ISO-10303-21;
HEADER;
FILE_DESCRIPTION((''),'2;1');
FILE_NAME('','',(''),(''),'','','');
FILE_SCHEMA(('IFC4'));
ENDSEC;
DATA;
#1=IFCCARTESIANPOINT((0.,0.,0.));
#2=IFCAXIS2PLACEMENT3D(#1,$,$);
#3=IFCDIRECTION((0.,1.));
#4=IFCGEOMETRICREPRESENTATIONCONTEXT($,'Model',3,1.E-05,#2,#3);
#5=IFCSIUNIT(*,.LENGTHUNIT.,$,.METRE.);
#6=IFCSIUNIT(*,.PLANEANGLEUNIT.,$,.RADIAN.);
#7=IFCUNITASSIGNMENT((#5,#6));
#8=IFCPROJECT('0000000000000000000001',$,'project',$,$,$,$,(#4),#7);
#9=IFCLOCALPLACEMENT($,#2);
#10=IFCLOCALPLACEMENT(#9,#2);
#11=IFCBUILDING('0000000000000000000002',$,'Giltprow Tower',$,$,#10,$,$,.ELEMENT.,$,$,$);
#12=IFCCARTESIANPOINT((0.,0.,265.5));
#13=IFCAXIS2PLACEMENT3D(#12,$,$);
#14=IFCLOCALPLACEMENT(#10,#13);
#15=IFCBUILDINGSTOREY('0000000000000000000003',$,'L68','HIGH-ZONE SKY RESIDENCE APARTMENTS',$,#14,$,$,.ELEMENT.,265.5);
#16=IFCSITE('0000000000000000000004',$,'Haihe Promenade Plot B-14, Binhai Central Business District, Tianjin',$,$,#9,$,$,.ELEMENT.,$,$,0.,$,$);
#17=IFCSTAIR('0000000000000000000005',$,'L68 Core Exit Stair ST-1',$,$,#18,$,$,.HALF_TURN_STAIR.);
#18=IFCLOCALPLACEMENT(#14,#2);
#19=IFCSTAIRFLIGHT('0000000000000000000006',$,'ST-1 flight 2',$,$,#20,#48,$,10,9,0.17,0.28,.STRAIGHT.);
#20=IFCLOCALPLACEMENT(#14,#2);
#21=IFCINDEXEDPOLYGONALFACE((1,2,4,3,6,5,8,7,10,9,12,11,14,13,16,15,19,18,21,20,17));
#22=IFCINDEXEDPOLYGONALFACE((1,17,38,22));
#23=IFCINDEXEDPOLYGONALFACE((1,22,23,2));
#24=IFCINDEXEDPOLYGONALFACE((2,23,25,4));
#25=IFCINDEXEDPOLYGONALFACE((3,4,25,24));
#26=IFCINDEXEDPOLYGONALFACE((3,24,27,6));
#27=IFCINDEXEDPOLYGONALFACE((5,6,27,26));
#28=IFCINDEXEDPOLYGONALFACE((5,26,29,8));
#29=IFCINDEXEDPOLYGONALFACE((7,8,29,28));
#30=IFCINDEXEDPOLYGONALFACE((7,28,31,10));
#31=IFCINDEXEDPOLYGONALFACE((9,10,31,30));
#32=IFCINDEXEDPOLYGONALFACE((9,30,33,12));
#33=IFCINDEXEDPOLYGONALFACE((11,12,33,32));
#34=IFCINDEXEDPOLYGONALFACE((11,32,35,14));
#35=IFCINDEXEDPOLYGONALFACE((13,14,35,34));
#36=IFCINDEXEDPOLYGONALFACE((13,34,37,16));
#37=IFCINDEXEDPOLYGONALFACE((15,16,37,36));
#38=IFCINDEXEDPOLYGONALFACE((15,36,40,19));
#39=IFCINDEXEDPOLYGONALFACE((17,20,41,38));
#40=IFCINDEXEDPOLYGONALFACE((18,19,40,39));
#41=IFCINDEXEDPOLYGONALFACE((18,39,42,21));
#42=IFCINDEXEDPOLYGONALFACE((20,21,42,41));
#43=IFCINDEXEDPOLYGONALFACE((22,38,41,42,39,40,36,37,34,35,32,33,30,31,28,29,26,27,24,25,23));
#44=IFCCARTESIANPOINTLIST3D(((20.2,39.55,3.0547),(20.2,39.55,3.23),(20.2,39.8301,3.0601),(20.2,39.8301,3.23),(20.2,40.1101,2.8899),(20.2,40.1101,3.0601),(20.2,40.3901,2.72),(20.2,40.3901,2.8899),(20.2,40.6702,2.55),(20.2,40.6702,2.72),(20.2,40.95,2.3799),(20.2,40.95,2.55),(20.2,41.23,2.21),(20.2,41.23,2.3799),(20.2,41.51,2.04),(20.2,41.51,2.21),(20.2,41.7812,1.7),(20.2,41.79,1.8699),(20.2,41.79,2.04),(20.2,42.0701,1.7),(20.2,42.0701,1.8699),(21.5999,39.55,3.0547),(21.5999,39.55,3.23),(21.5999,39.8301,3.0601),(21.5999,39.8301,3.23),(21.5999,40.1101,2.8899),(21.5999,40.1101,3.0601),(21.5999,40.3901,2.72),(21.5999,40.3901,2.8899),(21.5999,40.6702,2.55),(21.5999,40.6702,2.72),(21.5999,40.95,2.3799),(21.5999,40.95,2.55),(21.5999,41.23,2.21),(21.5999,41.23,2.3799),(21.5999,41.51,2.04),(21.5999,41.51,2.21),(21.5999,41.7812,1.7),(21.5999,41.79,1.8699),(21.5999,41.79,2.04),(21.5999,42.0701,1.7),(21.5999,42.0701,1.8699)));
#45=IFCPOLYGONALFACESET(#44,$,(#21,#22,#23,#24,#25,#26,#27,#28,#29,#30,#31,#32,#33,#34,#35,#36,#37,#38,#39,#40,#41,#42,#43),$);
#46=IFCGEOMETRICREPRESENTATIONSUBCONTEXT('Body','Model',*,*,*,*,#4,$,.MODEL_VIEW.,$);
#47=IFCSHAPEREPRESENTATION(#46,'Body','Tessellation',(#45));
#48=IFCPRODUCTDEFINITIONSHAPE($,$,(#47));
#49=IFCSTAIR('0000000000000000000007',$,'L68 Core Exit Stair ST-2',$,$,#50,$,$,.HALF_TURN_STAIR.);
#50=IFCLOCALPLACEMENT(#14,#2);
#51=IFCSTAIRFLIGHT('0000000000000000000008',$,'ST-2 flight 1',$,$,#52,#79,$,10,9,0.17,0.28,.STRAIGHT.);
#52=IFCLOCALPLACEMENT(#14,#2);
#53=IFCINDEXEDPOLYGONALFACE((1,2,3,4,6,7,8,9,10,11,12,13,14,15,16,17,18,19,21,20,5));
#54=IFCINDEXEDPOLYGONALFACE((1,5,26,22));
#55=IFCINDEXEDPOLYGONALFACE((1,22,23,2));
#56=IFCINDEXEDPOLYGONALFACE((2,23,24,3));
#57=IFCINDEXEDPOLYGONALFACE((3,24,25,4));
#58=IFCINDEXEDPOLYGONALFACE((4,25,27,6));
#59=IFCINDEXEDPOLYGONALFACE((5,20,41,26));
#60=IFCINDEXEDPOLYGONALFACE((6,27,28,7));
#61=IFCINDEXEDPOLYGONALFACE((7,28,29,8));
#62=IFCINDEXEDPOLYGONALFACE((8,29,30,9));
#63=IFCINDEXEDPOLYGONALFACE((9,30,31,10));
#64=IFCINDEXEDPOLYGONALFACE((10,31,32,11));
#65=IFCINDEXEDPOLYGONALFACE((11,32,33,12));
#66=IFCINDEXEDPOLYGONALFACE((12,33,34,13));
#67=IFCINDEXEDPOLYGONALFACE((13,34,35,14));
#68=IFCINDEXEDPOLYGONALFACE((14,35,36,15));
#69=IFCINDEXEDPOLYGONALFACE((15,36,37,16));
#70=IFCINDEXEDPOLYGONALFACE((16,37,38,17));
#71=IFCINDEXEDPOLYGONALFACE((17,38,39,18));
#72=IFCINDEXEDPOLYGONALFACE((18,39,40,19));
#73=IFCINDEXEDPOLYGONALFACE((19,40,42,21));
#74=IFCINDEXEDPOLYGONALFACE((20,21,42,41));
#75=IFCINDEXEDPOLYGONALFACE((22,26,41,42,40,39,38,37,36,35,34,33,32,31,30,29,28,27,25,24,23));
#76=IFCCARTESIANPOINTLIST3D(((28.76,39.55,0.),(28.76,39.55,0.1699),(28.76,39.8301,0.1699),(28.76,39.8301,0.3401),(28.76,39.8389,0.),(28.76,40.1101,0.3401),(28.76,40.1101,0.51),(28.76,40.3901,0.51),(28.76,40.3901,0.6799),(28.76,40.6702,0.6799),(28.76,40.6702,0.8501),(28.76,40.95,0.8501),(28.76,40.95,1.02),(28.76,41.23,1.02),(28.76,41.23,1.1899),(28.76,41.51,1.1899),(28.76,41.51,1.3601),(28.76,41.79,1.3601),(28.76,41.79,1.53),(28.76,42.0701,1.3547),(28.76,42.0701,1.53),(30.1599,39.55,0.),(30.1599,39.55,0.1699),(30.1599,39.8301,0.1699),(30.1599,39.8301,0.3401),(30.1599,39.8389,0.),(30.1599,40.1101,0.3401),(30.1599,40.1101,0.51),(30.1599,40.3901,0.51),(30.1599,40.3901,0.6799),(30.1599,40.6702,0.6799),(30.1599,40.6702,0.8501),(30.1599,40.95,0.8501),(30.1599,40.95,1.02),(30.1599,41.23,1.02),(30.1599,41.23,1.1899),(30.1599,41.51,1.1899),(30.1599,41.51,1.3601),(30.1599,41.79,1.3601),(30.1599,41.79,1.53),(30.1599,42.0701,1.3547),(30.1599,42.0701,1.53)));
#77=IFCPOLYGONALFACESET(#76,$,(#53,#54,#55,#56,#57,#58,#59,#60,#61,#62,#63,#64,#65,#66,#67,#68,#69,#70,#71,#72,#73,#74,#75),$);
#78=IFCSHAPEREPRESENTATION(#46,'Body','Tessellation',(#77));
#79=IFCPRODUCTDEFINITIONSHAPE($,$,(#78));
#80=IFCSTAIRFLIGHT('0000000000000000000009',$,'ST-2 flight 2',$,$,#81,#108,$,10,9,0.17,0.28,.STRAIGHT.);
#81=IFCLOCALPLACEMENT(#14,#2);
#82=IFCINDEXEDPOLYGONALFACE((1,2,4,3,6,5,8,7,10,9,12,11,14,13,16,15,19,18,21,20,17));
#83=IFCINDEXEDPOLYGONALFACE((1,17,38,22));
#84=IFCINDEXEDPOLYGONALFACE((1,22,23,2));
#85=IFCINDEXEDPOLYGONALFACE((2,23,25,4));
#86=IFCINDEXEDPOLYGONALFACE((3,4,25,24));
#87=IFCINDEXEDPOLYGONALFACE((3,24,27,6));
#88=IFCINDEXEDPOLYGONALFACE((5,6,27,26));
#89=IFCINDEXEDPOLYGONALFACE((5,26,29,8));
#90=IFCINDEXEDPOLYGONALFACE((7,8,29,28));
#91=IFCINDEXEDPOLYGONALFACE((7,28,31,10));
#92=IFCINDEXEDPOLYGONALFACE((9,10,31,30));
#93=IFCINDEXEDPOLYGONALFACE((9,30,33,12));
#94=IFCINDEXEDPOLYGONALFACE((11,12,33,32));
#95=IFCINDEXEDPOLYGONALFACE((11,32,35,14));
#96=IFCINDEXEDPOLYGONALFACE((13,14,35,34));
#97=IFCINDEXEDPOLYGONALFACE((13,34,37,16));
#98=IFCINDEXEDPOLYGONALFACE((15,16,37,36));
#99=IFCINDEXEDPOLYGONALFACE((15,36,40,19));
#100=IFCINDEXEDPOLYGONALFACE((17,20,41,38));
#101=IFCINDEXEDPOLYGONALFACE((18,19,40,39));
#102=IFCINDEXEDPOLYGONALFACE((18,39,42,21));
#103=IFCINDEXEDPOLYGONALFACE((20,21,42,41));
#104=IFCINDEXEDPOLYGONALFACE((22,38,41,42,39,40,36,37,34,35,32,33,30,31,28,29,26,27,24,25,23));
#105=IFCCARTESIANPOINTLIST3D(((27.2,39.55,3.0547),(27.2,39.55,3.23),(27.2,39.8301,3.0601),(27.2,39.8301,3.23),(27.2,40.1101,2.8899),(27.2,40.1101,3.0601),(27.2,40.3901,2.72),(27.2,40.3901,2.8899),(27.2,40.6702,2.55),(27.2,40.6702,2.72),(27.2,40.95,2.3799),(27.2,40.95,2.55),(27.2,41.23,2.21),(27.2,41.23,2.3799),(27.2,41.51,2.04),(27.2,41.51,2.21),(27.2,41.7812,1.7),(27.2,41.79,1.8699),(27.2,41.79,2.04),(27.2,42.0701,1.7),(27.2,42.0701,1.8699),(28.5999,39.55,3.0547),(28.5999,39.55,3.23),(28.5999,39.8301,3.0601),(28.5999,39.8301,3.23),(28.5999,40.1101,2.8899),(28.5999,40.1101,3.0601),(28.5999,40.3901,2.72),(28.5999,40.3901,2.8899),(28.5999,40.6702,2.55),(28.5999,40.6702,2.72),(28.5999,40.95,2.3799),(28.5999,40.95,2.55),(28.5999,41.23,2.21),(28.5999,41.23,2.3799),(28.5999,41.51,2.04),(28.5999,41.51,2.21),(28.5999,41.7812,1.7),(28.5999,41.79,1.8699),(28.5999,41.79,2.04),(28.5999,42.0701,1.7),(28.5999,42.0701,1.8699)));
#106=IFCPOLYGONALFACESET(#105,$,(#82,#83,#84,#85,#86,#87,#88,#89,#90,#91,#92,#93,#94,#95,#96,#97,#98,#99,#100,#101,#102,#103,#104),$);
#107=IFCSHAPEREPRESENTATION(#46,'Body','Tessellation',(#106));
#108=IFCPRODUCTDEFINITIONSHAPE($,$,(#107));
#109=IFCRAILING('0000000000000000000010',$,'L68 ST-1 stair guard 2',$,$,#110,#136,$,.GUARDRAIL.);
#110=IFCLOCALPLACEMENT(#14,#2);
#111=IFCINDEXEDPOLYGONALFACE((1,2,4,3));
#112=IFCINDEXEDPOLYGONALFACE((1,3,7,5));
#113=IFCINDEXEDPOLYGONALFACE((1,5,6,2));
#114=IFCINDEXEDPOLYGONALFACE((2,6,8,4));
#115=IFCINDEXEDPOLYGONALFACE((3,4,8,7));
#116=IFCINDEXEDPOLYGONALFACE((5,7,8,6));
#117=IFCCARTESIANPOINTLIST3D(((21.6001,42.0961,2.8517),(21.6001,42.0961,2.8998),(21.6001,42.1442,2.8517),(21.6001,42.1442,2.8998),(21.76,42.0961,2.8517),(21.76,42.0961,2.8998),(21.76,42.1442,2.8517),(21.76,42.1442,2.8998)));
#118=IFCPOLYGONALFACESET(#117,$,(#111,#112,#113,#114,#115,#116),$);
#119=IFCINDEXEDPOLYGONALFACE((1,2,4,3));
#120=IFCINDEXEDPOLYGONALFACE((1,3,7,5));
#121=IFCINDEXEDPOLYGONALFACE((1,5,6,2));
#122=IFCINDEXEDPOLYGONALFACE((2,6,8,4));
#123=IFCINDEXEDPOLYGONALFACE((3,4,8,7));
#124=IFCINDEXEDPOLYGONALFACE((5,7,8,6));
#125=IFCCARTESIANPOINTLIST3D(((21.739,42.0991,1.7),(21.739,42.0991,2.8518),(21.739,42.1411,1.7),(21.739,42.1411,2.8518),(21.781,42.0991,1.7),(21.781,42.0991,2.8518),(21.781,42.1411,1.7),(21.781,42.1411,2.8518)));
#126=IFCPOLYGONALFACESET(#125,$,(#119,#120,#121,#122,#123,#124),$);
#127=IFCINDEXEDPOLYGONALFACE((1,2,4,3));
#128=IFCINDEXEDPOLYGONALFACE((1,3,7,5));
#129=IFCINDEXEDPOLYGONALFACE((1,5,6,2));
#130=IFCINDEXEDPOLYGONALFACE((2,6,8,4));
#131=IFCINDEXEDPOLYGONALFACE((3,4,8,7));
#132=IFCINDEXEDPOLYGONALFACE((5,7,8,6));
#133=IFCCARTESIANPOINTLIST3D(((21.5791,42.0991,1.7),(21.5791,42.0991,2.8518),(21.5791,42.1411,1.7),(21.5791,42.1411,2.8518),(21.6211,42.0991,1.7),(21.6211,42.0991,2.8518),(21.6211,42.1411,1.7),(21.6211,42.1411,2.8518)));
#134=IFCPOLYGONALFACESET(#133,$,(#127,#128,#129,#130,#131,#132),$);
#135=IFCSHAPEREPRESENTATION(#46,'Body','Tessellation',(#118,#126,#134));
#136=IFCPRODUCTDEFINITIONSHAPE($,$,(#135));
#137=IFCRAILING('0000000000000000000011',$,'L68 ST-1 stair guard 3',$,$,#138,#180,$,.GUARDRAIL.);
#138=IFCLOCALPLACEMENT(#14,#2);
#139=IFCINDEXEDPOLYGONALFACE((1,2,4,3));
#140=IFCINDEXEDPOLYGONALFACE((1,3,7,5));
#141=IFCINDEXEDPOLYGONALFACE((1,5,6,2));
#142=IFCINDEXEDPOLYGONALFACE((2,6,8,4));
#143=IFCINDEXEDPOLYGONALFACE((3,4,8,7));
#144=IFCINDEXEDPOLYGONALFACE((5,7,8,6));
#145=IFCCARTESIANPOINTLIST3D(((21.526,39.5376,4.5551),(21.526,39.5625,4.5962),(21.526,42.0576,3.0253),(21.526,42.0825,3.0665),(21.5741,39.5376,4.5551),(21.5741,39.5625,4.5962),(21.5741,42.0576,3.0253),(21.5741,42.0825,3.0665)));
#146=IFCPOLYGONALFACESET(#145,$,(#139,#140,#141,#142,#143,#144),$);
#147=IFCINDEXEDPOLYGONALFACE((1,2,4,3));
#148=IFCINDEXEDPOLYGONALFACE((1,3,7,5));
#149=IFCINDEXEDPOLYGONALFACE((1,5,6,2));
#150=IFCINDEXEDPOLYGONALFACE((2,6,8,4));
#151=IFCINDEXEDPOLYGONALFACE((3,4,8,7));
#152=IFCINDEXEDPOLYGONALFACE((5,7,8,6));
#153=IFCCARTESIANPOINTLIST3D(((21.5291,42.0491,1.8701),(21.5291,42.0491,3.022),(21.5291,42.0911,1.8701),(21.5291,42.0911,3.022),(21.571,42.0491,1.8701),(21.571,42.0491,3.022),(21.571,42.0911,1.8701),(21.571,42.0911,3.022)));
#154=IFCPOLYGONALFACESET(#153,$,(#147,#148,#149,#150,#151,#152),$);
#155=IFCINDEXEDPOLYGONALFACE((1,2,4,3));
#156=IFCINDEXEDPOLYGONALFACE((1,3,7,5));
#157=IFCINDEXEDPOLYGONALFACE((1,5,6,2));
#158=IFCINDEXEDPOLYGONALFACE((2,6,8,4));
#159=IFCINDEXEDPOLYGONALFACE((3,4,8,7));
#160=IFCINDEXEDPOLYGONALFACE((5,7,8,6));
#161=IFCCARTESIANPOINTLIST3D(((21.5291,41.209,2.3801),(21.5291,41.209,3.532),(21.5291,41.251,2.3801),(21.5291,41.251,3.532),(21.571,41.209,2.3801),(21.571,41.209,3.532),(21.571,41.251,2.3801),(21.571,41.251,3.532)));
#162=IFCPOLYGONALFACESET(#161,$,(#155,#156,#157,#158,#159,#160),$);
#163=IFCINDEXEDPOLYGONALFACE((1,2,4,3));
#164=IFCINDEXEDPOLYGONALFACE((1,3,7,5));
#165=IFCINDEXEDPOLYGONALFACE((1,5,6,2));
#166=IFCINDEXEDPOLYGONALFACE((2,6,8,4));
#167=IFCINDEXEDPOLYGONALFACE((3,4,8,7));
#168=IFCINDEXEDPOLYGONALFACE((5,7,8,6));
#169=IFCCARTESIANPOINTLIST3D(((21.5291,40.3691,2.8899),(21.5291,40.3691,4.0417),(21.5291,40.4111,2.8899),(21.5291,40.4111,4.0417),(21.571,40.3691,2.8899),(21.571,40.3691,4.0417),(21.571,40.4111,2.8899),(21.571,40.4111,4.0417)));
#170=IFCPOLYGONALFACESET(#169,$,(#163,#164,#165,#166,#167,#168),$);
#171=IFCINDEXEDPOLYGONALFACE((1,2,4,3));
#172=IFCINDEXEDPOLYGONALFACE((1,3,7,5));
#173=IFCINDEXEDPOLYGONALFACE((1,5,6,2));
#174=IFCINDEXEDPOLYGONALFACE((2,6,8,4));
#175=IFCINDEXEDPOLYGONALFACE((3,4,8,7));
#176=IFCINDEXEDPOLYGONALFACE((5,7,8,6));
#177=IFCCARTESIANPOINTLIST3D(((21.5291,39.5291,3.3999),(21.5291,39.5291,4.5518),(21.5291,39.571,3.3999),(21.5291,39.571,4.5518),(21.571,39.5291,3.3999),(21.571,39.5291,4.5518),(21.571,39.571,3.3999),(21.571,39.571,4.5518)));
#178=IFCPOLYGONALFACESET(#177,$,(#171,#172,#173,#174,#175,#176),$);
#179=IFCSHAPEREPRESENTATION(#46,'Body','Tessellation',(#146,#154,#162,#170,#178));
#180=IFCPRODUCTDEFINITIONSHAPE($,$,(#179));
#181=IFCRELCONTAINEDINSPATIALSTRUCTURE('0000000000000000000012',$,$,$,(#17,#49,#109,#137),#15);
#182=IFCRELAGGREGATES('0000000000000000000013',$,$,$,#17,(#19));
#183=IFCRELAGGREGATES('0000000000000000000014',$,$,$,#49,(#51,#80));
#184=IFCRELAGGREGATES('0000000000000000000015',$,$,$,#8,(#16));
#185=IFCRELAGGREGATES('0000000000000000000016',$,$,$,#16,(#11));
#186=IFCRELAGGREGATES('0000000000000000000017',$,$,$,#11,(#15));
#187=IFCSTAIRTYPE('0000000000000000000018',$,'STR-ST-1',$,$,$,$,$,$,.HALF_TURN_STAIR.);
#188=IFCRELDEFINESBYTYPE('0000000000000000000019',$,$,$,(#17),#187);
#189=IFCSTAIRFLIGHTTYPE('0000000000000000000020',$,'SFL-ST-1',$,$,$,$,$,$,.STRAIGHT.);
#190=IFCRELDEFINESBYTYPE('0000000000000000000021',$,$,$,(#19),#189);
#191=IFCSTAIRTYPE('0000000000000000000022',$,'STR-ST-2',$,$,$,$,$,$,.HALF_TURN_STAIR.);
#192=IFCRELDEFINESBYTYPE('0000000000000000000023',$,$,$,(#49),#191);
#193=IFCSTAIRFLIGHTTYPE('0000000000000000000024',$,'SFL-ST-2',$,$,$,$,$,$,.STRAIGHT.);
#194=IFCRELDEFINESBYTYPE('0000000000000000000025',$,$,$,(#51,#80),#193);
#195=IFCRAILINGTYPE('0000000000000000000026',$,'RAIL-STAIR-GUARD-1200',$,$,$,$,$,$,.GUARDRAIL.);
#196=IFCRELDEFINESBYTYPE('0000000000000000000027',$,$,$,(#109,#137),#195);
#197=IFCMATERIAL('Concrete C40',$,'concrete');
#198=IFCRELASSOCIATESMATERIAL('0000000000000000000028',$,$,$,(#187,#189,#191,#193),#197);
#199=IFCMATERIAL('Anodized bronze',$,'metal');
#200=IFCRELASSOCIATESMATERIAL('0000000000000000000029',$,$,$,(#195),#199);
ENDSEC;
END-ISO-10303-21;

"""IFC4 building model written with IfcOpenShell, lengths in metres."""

from ifc_helpers import new_model, si_unit, direction, frame, origin, origin_2d, place, context, subcontext, project, spatial, polyline, rectangle, outline, extrude, material, type_object, element, aggregate, save


model = new_model("IFC4")

# Units and contexts
model_context = context("Model", 3, precision=1e-05, world=origin(), true_north=direction((0.0, 1.0)))
body_context = subcontext(model_context, "Body", "Model", "MODEL_VIEW")
ifc_project = project(units=[si_unit("LENGTHUNIT", "METRE"), si_unit("PLANEANGLEUNIT", "RADIAN")], contexts=[model_context])

# Site, building, storey
site_placement = place(None, origin())
site = spatial("IfcSite", under=ifc_project, at=site_placement, Name="Haihe Promenade Plot B-14, Binhai Central Business District, Tianjin", CompositionType="ELEMENT", RefElevation=0.0)
building_placement = place(site_placement, origin())
building = spatial("IfcBuilding", under=site, at=building_placement, Name="Giltprow Tower", CompositionType="ELEMENT")
storey_placement = place(building_placement, frame((0.0, 0.0, 265.5)))
storey = spatial("IfcBuildingStorey", under=building, at=storey_placement, Name="L68", Description="HIGH-ZONE SKY RESIDENCE APARTMENTS", CompositionType="ELEMENT", Elevation=265.5)

# Shared definitions
ifc_material_1 = material(Name="Concrete C40", Category="concrete")

# Stair, stair flight
stair_type_1 = type_object("IfcStairType", Name="STR-ST-1", PredefinedType="HALF_TURN_STAIR", material=ifc_material_1)
stair_1_placement = place(storey_placement, origin())
stair_1 = element("IfcStair", 1, at=stair_1_placement, inside=storey, type_object=stair_type_1, Name="L68 Core Exit Stair ST-1", PredefinedType="HALF_TURN_STAIR")
stair_flight_type_1 = type_object("IfcStairFlightType", Name="SFL-ST-1", PredefinedType="STRAIGHT", material=ifc_material_1)
stair_flight_1_placement = place(storey_placement, frame((20.8999, 42.0701, 1.7), z_axis=(0.0, 0.0, 1.0), x_axis=(0.0, -1.0, 0.0)))
stair_flight_1 = element("IfcStairFlight", 2, at=stair_flight_1_placement, type_object=stair_flight_type_1, Name="ST-1 flight 2", NumberOfRisers=10, NumberOfTreads=9, PredefinedType="STRAIGHT", RiserHeight=0.17, TreadLength=0.28, context=body_context, shape_type="SweptSolid", body=[
    extrude(outline(polyline([(0.0, 0.0), (0.0, 0.1699), (0.28, 0.1699), (0.28, 0.3401), (0.5601, 0.3401), (0.5601, 0.51), (0.8401, 0.51), (0.8401, 0.6799), (1.1201, 0.6799), (1.1201, 0.8501), (1.3999, 0.8501), (1.3999, 1.02), (1.6799, 1.02), (1.6799, 1.1899), (1.96, 1.1899), (1.96, 1.3601), (2.24, 1.3601), (2.24, 1.53), (2.52, 1.53), (2.52, 1.7), (2.52, 1.3547), (0.2888, 0.0), (0.0, 0.0)])), frame((0.0, 0.7, 0.0), z_axis=(0.0, -1.0, 0.0), x_axis=(1.0, 0.0, 0.0)), (0.0, 0.0, 1.0), 1.3999),
])
aggregate(stair_1, [stair_flight_1])

# Stair, stair flights
stair_type_2 = type_object("IfcStairType", Name="STR-ST-2", PredefinedType="HALF_TURN_STAIR", material=ifc_material_1)
stair_2_placement = place(storey_placement, origin())
stair_2 = element("IfcStair", 3, at=stair_2_placement, inside=storey, type_object=stair_type_2, Name="L68 Core Exit Stair ST-2", PredefinedType="HALF_TURN_STAIR")
stair_flight_type_2 = type_object("IfcStairFlightType", Name="SFL-ST-2", PredefinedType="STRAIGHT", material=ifc_material_1)
stair_flight_2_placement = place(storey_placement, frame((29.46, 39.55, 0.0), z_axis=(0.0, 0.0, 1.0), x_axis=(0.0, 1.0, 0.0)))
stair_flight_2 = element("IfcStairFlight", 4, at=stair_flight_2_placement, type_object=stair_flight_type_2, Name="ST-2 flight 1", NumberOfRisers=10, NumberOfTreads=9, PredefinedType="STRAIGHT", RiserHeight=0.17, TreadLength=0.28, context=body_context, shape_type="SweptSolid", body=[
    extrude(outline(polyline([(0.0, 0.0), (0.0, 0.1699), (0.28, 0.1699), (0.28, 0.3401), (0.5601, 0.3401), (0.5601, 0.51), (0.8401, 0.51), (0.8401, 0.6799), (1.1201, 0.6799), (1.1201, 0.8501), (1.3999, 0.8501), (1.3999, 1.02), (1.6799, 1.02), (1.6799, 1.1899), (1.96, 1.1899), (1.96, 1.3601), (2.24, 1.3601), (2.24, 1.53), (2.52, 1.53), (2.52, 1.7), (2.52, 1.3547), (0.2888, 0.0), (0.0, 0.0)])), frame((0.0, 0.7, 0.0), z_axis=(0.0, -1.0, 0.0), x_axis=(1.0, 0.0, 0.0)), (0.0, 0.0, 1.0), 1.3999),
])
stair_flight_3_placement = place(storey_placement, frame((27.8999, 42.0701, 1.7), z_axis=(0.0, 0.0, 1.0), x_axis=(0.0, -1.0, 0.0)))
stair_flight_3 = element("IfcStairFlight", 5, at=stair_flight_3_placement, type_object=stair_flight_type_2, Name="ST-2 flight 2", NumberOfRisers=10, NumberOfTreads=9, PredefinedType="STRAIGHT", RiserHeight=0.17, TreadLength=0.28, context=body_context, shape_type="SweptSolid", body=[
    extrude(outline(polyline([(0.0, 0.0), (0.0, 0.1699), (0.28, 0.1699), (0.28, 0.3401), (0.5601, 0.3401), (0.5601, 0.51), (0.8401, 0.51), (0.8401, 0.6799), (1.1201, 0.6799), (1.1201, 0.8501), (1.3999, 0.8501), (1.3999, 1.02), (1.6799, 1.02), (1.6799, 1.1899), (1.96, 1.1899), (1.96, 1.3601), (2.24, 1.3601), (2.24, 1.53), (2.52, 1.53), (2.52, 1.7), (2.52, 1.3547), (0.2888, 0.0), (0.0, 0.0)])), frame((0.0, 0.7, 0.0), z_axis=(0.0, -1.0, 0.0), x_axis=(1.0, 0.0, 0.0)), (0.0, 0.0, 1.0), 1.3999),
])
aggregate(stair_2, [stair_flight_2, stair_flight_3])

# Railings
ifc_material_2 = material(Name="Anodized bronze", Category="metal")
railing_type_1 = type_object("IfcRailingType", Name="RAIL-STAIR-GUARD-1200", PredefinedType="GUARDRAIL", material=ifc_material_2)
railing_1_placement = place(storey_placement, frame((21.76, 42.1201, 1.7)))
element("IfcRailing", 6, at=railing_1_placement, inside=storey, type_object=railing_type_1, Name="L68 ST-1 stair guard 2", PredefinedType="GUARDRAIL", context=body_context, shape_type="SweptSolid", body=[
    extrude(rectangle(XDim=0.0481, YDim=0.0481, at=origin_2d()), frame((0.0, 0.0, 1.1758), z_axis=(-1.0, 0.0, 0.0), x_axis=(0.0, -1.0, 0.0)), (0.0, 0.0, 1.0), 0.1599),
    extrude(rectangle(XDim=0.042, YDim=0.042, at=origin_2d()), origin(), (0.0, 0.0, 1.0), 1.1519),
    extrude(rectangle(XDim=0.042, YDim=0.042, at=origin_2d()), frame((-0.1599, 0.0, 0.0)), (0.0, 0.0, 1.0), 1.1519),
])
railing_2_placement = place(storey_placement, frame((21.55, 42.0701, 1.8701)))
element("IfcRailing", 7, at=railing_2_placement, inside=storey, type_object=railing_type_1, Name="L68 ST-1 stair guard 3", PredefinedType="GUARDRAIL", context=body_context, shape_type="SweptSolid", body=[
    extrude(rectangle(XDim=0.0481, YDim=0.0481, at=origin_2d()), frame((0.0, 0.0, 1.1758), z_axis=(0.0, -0.854822, 0.518922), x_axis=(1.0, 0.0, 0.0)), (0.0, 0.0, 1.0), 2.948),
    extrude(rectangle(XDim=0.042, YDim=0.042, at=origin_2d()), origin(), (0.0, 0.0, 1.0), 1.1519),
    extrude(rectangle(XDim=0.042, YDim=0.042, at=origin_2d()), frame((0.0, -0.8401, 0.51)), (0.0, 0.0, 1.0), 1.1519),
    extrude(rectangle(XDim=0.042, YDim=0.042, at=origin_2d()), frame((0.0, -1.6799, 1.0198)), (0.0, 0.0, 1.0), 1.1519),
    extrude(rectangle(XDim=0.042, YDim=0.042, at=origin_2d()), frame((0.0, -2.52, 1.5298)), (0.0, 0.0, 1.0), 1.1519),
])

save(model, "model.ifc")
